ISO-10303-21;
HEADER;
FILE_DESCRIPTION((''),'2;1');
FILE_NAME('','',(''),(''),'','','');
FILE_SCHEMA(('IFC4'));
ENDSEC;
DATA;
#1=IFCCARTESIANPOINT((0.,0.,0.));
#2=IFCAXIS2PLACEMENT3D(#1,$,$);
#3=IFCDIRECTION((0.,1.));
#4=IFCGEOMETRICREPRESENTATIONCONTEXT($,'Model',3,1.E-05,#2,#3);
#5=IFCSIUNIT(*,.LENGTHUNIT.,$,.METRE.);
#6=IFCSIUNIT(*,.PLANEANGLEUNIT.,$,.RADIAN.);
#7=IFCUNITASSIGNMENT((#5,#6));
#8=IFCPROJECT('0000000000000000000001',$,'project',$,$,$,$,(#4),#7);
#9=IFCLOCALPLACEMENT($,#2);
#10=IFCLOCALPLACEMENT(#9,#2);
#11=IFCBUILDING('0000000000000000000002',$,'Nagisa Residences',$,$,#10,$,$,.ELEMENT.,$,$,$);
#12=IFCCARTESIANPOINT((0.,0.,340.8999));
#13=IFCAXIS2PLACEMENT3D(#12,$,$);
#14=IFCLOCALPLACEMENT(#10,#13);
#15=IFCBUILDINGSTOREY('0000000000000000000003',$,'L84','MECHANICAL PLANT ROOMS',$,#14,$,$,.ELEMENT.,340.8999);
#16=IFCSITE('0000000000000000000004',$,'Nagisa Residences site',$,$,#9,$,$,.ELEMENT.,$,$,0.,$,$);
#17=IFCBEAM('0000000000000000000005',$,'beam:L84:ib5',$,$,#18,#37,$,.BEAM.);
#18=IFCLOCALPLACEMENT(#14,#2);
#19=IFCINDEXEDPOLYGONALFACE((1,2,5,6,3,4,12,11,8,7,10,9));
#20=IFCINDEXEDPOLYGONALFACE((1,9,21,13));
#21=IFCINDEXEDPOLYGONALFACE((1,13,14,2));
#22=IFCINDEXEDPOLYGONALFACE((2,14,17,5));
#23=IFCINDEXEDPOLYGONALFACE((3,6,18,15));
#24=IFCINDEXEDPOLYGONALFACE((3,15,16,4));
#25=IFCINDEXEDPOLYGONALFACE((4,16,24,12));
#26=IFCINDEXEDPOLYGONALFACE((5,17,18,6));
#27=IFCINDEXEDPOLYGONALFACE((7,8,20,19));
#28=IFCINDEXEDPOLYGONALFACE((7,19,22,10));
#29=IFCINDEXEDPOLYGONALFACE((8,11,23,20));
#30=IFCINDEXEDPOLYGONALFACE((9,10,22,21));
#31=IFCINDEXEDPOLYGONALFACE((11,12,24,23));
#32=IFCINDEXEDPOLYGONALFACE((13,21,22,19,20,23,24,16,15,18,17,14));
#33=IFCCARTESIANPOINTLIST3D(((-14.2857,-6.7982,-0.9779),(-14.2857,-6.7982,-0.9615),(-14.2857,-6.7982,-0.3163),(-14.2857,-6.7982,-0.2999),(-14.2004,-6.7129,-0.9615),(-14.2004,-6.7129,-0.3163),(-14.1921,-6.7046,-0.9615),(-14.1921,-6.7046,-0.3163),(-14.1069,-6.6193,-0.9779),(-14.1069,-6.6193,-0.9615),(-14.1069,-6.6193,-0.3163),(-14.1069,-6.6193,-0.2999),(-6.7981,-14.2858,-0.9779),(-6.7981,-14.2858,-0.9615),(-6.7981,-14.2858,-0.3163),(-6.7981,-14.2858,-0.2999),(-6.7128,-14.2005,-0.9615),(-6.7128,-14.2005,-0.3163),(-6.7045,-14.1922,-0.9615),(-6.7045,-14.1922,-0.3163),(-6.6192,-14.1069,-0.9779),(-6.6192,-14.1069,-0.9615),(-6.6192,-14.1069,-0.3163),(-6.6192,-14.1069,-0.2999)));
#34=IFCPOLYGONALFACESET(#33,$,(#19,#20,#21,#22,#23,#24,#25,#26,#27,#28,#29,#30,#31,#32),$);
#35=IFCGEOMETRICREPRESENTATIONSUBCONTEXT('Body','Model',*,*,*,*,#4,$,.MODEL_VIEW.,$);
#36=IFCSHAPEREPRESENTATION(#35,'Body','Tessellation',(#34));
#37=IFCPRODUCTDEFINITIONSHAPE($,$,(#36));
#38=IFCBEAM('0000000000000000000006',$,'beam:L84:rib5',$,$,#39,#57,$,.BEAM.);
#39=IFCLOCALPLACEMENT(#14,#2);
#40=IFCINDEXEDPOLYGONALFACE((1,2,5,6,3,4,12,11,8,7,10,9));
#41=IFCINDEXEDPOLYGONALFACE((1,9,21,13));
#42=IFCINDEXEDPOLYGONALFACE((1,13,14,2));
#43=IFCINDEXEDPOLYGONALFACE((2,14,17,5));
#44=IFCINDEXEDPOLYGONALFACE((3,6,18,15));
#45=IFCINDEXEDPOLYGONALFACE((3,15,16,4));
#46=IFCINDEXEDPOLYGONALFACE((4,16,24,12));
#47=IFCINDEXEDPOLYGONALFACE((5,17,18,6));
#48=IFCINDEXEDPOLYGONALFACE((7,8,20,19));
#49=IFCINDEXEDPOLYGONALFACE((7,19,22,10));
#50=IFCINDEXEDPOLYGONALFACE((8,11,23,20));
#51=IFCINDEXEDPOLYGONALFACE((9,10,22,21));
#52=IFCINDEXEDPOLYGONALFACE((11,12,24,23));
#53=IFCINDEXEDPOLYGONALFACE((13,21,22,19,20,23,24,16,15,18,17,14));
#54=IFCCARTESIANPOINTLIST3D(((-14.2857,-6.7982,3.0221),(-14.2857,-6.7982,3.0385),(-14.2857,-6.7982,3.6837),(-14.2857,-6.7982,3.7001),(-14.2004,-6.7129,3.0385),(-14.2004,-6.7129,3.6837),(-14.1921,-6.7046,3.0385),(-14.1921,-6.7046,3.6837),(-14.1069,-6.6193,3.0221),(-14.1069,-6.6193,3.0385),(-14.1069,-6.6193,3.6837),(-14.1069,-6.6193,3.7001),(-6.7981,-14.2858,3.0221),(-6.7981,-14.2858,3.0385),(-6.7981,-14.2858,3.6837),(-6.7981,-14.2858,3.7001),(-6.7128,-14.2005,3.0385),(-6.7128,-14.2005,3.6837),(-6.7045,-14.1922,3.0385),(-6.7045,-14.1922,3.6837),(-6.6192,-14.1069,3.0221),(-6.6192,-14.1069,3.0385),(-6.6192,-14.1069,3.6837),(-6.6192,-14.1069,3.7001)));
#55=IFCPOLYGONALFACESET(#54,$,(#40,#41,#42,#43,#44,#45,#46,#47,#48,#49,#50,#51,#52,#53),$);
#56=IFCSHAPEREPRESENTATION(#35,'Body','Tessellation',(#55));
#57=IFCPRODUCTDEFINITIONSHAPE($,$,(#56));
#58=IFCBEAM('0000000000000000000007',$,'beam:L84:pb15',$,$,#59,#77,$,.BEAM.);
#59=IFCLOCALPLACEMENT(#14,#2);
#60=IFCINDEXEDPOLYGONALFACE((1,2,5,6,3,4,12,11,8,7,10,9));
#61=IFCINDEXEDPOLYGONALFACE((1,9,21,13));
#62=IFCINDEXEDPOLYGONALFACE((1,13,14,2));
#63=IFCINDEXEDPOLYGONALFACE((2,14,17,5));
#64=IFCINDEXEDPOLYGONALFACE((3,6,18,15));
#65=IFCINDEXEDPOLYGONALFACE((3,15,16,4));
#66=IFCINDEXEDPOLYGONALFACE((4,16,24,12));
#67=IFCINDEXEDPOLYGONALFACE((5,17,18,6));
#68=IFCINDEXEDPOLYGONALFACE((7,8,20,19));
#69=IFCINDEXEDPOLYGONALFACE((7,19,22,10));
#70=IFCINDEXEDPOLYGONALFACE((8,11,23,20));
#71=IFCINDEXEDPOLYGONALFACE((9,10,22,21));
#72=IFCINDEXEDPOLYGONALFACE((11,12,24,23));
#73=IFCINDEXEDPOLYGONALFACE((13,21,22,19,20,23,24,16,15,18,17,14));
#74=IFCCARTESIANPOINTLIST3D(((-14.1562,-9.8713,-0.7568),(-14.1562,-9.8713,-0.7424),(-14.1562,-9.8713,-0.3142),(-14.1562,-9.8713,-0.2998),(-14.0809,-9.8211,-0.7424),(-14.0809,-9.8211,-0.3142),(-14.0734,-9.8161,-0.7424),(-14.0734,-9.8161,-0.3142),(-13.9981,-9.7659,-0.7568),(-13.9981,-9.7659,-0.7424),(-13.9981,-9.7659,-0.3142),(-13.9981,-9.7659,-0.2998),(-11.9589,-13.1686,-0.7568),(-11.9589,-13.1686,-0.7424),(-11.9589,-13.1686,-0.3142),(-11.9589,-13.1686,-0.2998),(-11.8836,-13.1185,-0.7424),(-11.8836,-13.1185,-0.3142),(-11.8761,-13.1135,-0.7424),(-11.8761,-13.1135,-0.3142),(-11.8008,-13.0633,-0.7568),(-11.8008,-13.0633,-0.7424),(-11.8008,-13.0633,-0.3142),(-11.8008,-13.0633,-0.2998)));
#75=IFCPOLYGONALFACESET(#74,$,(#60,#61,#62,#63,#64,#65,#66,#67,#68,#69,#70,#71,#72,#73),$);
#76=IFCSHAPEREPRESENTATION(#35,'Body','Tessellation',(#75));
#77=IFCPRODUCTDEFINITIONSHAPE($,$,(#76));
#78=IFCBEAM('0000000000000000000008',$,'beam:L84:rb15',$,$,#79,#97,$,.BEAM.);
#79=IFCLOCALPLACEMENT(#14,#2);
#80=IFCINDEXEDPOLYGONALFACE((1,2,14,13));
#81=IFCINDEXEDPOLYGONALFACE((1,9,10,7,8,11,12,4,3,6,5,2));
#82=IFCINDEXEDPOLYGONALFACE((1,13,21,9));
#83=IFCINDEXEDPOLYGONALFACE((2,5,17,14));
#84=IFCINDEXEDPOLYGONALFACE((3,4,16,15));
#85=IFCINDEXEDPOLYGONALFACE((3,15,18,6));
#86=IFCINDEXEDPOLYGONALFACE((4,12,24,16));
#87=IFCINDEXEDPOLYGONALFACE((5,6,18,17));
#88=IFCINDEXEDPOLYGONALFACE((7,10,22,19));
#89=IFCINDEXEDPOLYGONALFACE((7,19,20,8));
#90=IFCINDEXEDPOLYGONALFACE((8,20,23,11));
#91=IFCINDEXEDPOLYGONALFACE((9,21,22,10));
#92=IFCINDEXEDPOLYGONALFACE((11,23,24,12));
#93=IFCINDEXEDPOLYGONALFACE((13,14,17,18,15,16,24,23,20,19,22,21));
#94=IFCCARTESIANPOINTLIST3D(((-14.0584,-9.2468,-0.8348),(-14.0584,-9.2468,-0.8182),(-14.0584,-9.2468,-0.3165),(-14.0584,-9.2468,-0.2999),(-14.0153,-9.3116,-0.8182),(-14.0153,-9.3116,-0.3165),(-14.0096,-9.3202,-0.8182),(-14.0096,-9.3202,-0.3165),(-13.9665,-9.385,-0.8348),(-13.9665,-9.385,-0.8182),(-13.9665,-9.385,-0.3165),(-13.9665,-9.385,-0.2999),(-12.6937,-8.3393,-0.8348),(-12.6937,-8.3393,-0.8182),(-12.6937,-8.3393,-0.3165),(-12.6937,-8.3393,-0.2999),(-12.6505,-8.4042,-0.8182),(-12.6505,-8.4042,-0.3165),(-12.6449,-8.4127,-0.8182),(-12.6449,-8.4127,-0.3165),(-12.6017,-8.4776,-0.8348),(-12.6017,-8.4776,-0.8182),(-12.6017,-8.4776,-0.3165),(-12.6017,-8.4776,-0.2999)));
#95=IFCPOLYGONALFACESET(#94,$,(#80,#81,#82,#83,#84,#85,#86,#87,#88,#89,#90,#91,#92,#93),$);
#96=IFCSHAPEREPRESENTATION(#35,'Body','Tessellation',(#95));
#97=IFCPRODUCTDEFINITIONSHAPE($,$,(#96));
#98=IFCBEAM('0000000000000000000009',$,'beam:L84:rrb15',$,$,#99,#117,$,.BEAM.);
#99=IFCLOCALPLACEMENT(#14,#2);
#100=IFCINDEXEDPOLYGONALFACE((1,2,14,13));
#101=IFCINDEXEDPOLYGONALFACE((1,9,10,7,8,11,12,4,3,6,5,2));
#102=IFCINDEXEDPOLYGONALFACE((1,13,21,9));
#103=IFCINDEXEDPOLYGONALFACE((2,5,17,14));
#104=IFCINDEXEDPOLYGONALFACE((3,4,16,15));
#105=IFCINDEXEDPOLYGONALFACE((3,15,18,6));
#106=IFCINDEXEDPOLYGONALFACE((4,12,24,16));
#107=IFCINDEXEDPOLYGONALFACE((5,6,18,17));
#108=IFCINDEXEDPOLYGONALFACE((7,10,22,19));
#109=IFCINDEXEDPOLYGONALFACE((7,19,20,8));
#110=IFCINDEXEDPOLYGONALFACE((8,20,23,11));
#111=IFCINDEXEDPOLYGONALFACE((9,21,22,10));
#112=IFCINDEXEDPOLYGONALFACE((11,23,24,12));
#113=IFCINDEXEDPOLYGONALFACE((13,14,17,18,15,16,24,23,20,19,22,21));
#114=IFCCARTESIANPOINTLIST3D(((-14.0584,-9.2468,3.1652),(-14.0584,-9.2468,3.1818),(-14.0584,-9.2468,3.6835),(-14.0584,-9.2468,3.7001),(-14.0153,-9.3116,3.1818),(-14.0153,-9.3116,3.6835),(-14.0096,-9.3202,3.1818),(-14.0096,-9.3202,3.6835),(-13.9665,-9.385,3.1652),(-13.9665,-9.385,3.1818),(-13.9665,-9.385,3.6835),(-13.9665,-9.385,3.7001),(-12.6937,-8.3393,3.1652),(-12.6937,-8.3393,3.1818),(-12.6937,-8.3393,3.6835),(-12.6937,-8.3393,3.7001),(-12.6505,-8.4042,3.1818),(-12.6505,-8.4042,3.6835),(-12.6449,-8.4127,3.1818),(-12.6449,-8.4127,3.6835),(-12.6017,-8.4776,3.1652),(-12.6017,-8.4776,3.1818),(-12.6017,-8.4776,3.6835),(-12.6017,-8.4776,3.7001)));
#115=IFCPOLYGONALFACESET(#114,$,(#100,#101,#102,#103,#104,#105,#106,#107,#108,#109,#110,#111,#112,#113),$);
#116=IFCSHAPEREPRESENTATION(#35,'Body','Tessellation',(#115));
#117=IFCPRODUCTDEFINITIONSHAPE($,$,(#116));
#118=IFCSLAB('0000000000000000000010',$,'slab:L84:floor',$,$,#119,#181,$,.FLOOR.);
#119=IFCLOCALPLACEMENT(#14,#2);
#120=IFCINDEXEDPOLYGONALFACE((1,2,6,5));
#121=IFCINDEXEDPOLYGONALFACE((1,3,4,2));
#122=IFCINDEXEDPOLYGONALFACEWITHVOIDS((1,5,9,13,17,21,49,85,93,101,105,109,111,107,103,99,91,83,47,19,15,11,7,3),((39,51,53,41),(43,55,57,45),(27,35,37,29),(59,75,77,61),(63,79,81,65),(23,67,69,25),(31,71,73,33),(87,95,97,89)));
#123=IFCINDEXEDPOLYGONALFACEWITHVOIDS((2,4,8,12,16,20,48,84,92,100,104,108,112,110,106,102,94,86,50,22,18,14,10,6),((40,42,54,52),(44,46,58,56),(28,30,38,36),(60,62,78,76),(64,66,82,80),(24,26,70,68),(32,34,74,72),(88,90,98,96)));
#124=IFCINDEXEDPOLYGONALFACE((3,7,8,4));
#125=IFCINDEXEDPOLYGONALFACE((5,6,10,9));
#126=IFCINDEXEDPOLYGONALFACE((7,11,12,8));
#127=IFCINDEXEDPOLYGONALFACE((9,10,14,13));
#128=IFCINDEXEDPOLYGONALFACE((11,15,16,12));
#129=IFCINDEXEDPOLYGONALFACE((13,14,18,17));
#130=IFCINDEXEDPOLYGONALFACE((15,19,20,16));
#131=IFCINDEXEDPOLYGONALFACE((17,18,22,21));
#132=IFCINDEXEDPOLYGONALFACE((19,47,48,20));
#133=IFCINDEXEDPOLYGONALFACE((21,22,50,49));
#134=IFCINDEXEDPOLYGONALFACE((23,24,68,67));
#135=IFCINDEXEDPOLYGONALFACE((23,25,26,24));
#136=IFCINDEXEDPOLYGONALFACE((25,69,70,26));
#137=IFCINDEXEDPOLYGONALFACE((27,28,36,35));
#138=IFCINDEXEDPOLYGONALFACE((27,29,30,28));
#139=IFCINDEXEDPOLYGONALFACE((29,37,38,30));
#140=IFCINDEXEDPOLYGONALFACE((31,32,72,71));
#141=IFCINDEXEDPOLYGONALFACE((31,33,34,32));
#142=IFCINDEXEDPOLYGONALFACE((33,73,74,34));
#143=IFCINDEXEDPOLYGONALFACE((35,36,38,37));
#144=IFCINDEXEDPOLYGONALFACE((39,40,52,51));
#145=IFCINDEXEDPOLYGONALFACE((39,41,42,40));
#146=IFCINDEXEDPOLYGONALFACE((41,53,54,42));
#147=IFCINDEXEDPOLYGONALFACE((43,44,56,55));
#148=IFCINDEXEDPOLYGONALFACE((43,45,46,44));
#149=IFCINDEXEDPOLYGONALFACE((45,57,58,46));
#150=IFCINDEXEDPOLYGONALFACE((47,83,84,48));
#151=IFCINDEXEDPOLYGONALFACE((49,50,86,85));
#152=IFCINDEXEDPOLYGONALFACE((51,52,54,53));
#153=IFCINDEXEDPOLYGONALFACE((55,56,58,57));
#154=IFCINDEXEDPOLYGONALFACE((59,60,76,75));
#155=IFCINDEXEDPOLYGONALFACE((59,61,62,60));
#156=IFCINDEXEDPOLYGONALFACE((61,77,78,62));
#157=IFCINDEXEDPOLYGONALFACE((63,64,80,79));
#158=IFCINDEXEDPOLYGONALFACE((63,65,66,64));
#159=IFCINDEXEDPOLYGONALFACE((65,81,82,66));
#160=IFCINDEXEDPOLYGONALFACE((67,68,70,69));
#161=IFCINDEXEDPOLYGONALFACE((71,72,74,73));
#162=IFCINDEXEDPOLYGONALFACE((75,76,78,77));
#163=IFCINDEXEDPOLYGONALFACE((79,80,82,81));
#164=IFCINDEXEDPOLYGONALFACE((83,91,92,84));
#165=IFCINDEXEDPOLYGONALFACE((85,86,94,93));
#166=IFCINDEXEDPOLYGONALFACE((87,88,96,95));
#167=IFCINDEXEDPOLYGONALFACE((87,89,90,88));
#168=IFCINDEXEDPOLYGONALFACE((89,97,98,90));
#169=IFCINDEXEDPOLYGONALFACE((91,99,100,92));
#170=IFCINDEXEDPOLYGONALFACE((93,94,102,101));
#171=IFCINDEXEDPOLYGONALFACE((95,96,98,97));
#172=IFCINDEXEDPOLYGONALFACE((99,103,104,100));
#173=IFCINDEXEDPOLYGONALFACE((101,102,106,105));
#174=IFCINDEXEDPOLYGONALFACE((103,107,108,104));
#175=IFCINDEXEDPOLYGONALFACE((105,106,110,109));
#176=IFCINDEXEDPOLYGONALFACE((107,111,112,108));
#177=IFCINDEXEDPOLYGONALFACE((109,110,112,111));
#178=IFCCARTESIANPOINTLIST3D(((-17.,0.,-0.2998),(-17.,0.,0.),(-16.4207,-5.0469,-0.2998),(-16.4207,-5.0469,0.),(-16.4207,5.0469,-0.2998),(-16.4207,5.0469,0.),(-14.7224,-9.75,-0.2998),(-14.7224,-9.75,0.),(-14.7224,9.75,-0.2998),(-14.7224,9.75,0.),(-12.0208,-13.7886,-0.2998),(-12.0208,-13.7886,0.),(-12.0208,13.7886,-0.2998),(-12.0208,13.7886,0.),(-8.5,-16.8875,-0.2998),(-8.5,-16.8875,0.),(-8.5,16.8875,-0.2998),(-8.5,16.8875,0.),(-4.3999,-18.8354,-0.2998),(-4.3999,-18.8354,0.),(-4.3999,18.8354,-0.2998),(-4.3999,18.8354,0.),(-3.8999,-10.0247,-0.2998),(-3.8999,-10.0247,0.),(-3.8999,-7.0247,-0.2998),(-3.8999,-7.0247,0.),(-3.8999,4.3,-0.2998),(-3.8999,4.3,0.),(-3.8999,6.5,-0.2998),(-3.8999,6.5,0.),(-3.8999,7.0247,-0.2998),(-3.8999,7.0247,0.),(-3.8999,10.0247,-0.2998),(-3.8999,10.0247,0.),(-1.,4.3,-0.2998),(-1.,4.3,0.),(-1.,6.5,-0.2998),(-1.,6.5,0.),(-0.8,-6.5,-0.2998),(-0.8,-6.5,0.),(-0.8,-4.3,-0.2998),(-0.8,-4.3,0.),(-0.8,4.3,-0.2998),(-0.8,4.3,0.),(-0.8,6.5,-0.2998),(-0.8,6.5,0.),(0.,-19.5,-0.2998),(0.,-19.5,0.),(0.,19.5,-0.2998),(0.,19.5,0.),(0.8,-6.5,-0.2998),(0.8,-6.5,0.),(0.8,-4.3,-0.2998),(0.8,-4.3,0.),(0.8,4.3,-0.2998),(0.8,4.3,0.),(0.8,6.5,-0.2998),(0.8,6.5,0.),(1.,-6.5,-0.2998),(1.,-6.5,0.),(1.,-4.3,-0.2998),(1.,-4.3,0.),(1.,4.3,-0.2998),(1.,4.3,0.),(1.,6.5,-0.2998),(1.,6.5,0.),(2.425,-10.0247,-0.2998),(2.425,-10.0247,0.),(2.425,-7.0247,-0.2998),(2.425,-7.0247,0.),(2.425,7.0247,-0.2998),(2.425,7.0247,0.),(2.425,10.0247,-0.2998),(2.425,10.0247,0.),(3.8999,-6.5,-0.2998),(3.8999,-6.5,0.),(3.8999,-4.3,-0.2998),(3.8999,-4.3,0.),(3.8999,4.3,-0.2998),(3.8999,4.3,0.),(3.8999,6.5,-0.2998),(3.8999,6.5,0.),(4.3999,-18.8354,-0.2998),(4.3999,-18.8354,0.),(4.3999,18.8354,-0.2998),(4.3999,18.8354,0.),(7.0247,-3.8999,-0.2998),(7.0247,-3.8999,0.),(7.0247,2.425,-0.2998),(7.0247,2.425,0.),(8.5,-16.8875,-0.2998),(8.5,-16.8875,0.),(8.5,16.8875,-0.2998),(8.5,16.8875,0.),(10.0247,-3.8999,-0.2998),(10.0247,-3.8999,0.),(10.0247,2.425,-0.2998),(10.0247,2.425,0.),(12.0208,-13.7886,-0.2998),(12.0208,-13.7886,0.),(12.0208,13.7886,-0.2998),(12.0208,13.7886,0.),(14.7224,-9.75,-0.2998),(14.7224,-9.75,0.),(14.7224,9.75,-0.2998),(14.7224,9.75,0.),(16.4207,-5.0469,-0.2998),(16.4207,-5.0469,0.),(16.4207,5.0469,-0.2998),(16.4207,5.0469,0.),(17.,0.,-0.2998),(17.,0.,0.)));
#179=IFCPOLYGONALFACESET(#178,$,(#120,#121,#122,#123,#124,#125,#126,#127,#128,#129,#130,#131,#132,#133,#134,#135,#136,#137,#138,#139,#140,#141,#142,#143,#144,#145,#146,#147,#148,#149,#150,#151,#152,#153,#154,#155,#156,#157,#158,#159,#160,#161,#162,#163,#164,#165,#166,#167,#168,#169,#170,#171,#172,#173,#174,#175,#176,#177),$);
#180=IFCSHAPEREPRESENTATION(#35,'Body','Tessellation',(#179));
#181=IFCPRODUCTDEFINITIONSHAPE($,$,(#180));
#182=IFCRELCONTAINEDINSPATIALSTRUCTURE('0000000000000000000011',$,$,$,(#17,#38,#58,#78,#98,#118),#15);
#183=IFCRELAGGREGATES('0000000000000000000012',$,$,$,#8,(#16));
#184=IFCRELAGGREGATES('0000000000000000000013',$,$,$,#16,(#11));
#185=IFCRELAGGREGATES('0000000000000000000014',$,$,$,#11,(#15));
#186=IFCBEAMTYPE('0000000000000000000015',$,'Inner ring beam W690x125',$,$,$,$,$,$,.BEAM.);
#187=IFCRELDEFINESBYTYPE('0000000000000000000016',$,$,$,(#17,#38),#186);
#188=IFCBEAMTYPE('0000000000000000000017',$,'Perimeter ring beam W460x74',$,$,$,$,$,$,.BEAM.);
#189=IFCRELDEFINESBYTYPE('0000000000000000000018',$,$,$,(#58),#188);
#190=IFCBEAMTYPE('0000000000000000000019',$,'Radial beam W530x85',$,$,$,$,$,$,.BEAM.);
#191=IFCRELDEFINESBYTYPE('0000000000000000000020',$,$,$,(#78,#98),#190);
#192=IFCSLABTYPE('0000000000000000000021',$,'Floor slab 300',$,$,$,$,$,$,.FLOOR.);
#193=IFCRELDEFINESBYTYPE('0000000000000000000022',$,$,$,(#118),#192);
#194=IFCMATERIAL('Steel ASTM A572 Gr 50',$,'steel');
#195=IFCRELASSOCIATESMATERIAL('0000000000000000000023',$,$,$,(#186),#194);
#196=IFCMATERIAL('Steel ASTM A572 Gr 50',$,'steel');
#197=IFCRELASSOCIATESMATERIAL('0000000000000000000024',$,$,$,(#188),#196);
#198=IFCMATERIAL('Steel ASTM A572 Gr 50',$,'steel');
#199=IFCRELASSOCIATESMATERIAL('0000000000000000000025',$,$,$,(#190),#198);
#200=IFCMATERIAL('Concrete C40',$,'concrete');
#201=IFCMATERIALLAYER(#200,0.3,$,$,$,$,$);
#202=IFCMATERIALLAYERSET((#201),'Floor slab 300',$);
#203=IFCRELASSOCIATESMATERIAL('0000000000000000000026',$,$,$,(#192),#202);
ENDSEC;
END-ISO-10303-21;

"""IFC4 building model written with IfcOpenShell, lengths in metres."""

from ifc_helpers import new_model, si_unit, direction, frame, origin, origin_2d, place, context, subcontext, project, spatial, polyline, i_section, outline, extrude, material, layer, layer_set, material_profile, profile_set, type_object, element, save


model = new_model("IFC4")

# Units and contexts
model_context = context("Model", 3, precision=1e-05, world=origin(), true_north=direction((0.0, 1.0)))
body_context = subcontext(model_context, "Body", "Model", "MODEL_VIEW")
ifc_project = project(units=[si_unit("LENGTHUNIT", "METRE"), si_unit("PLANEANGLEUNIT", "RADIAN")], contexts=[model_context])

# Site, building, storey
site_placement = place(None, origin())
site = spatial("IfcSite", under=ifc_project, at=site_placement, Name="Nagisa Residences site", CompositionType="ELEMENT", RefElevation=0.0)
building_placement = place(site_placement, origin())
building = spatial("IfcBuilding", under=site, at=building_placement, Name="Nagisa Residences", CompositionType="ELEMENT")
storey_placement = place(building_placement, frame((0.0, 0.0, 340.8999)))
storey = spatial("IfcBuildingStorey", under=building, at=storey_placement, Name="L84", Description="MECHANICAL PLANT ROOMS", CompositionType="ELEMENT", Elevation=340.8999)

# Beams
ifc_material_1 = material(Name="Steel ASTM A572 Gr 50", Category="steel")
ifc_material_profile_1 = material_profile(ifc_material_1, i_section(OverallWidth=0.2529, OverallDepth=0.678, WebThickness=0.0117, FlangeThickness=0.0164, at=origin_2d()), Name="W690x125")
ifc_profile_set_1 = profile_set([ifc_material_profile_1], Name="Steel ASTM A572 Gr 50")
beam_type_1 = type_object("IfcBeamType", Name="Inner ring beam W690x125", PredefinedType="BEAM", material=ifc_profile_set_1)
for number, where, z_axis, x_axis, name in (
    (1, (-14.1963, -6.7087, -0.6389), (0.707107, -0.707107, 0.0), (0.707107, 0.707107, 0.0), "beam:L84:ib5"),
    (2, (-14.1963, -6.7087, 3.3611), (0.707107, -0.707107, 0.0), (0.707107, 0.707107, 0.0), "beam:L84:rib5"),
):
    element("IfcBeam", number, at=place(storey_placement, frame(where, z_axis=z_axis, x_axis=x_axis)), inside=storey, type_object=beam_type_1, Name=name, PredefinedType="BEAM", context=body_context, shape_type="SweptSolid", body=[
        extrude(i_section(OverallWidth=0.2529, OverallDepth=0.678, WebThickness=0.0117, FlangeThickness=0.0164, at=origin_2d()), origin(), (0.0, 0.0, 1.0), 10.5891),
    ])
ifc_material_2 = material(Name="Steel ASTM A572 Gr 50", Category="steel")
ifc_material_profile_2 = material_profile(ifc_material_2, i_section(OverallWidth=0.1899, OverallDepth=0.457, WebThickness=0.009, FlangeThickness=0.0144, at=origin_2d()), Name="W460x74")
ifc_profile_set_2 = profile_set([ifc_material_profile_2], Name="Steel ASTM A572 Gr 50")
beam_type_2 = type_object("IfcBeamType", Name="Perimeter ring beam W460x74", PredefinedType="BEAM", material=ifc_profile_set_2)
beam_placement = place(storey_placement, frame((-14.0771, -9.8186, -0.5283), z_axis=(0.55453, -0.832164, 0.0), x_axis=(0.832164, 0.55453, 0.0)))
element("IfcBeam", 3, at=beam_placement, inside=storey, type_object=beam_type_2, Name="beam:L84:pb15", PredefinedType="BEAM", context=body_context, shape_type="SweptSolid", body=[
    extrude(i_section(OverallWidth=0.1899, OverallDepth=0.457, WebThickness=0.009, FlangeThickness=0.0144, at=origin_2d()), origin(), (0.0, 0.0, 1.0), 3.9624),
])
ifc_material_3 = material(Name="Steel ASTM A572 Gr 50", Category="steel")
ifc_material_profile_3 = material_profile(ifc_material_3, i_section(OverallWidth=0.166, OverallDepth=0.5349, WebThickness=0.0103, FlangeThickness=0.0166, at=origin_2d()), Name="W530x85")
ifc_profile_set_3 = profile_set([ifc_material_profile_3], Name="Steel ASTM A572 Gr 50")
beam_type_3 = type_object("IfcBeamType", Name="Radial beam W530x85", PredefinedType="BEAM", material=ifc_profile_set_3)
for number, where, z_axis, x_axis, name in (
    (4, (-14.0125, -9.3159, -0.5674), (0.832714, 0.553703, 0.0), (-0.553703, 0.832714, 0.0), "beam:L84:rb15"),
    (5, (-14.0125, -9.3159, 3.4326), (0.832714, 0.553703, 0.0), (-0.553703, 0.832714, 0.0), "beam:L84:rrb15"),
):
    element("IfcBeam", number, at=place(storey_placement, frame(where, z_axis=z_axis, x_axis=x_axis)), inside=storey, type_object=beam_type_3, Name=name, PredefinedType="BEAM", context=body_context, shape_type="SweptSolid", body=[
        extrude(i_section(OverallWidth=0.166, OverallDepth=0.5349, WebThickness=0.0103, FlangeThickness=0.0166, at=origin_2d()), origin(), (0.0, 0.0, 1.0), 1.6389),
    ])

# Slab
ifc_material_4 = material(Name="Concrete C40", Category="concrete")
ifc_layer_1 = layer(ifc_material_4, 0.3)
ifc_layer_set_1 = layer_set([ifc_layer_1], Name="Floor slab 300")
slab_type = type_object("IfcSlabType", Name="Floor slab 300", PredefinedType="FLOOR", material=ifc_layer_set_1)
slab_placement = place(storey_placement, frame((0.0, 0.0, -0.2998)))
element("IfcSlab", 6, at=slab_placement, inside=storey, type_object=slab_type, Name="slab:L84:floor", PredefinedType="FLOOR", context=body_context, shape_type="SweptSolid", body=[
    extrude(outline(polyline([(17.0, 0.0), (16.4207, 5.0469), (14.7224, 9.75), (12.0208, 13.7886), (8.5, 16.8875), (4.3999, 18.8354), (0.0, 19.5), (-4.3999, 18.8354), (-8.5, 16.8875), (-12.0208, 13.7886), (-14.7224, 9.75), (-16.4207, 5.0469), (-17.0, 0.0), (-16.4207, -5.0469), (-14.7224, -9.75), (-12.0208, -13.7886), (-8.5, -16.8875), (-4.3999, -18.8354), (0.0, -19.5), (4.3999, -18.8354), (8.5, -16.8875), (12.0208, -13.7886), (14.7224, -9.75), (16.4207, -5.0469), (17.0, 0.0)]), holes=[polyline([(3.8999, 4.3), (3.8999, 6.5), (1.0, 6.5), (1.0, 4.3), (3.8999, 4.3)]), polyline([(3.8999, -6.5), (3.8999, -4.3), (1.0, -4.3), (1.0, -6.5), (3.8999, -6.5)]), polyline([(-1.0, 4.3), (-1.0, 6.5), (-3.8999, 6.5), (-3.8999, 4.3), (-1.0, 4.3)]), polyline([(0.8, 4.3), (0.8, 6.5), (-0.8, 6.5), (-0.8, 4.3), (0.8, 4.3)]), polyline([(0.8, -6.5), (0.8, -4.3), (-0.8, -4.3), (-0.8, -6.5), (0.8, -6.5)]), polyline([(10.0247, -3.8999), (7.0247, -3.8999), (7.0247, 2.425), (10.0247, 2.425), (10.0247, -3.8999)]), polyline([(-3.8999, 7.0247), (-3.8999, 10.0247), (2.425, 10.0247), (2.425, 7.0247), (-3.8999, 7.0247)]), polyline([(-3.8999, -10.0247), (-3.8999, -7.0247), (2.425, -7.0247), (2.425, -10.0247), (-3.8999, -10.0247)])]), origin(), (0.0, 0.0, 1.0), 0.2998),
])

save(model, "model.ifc")
